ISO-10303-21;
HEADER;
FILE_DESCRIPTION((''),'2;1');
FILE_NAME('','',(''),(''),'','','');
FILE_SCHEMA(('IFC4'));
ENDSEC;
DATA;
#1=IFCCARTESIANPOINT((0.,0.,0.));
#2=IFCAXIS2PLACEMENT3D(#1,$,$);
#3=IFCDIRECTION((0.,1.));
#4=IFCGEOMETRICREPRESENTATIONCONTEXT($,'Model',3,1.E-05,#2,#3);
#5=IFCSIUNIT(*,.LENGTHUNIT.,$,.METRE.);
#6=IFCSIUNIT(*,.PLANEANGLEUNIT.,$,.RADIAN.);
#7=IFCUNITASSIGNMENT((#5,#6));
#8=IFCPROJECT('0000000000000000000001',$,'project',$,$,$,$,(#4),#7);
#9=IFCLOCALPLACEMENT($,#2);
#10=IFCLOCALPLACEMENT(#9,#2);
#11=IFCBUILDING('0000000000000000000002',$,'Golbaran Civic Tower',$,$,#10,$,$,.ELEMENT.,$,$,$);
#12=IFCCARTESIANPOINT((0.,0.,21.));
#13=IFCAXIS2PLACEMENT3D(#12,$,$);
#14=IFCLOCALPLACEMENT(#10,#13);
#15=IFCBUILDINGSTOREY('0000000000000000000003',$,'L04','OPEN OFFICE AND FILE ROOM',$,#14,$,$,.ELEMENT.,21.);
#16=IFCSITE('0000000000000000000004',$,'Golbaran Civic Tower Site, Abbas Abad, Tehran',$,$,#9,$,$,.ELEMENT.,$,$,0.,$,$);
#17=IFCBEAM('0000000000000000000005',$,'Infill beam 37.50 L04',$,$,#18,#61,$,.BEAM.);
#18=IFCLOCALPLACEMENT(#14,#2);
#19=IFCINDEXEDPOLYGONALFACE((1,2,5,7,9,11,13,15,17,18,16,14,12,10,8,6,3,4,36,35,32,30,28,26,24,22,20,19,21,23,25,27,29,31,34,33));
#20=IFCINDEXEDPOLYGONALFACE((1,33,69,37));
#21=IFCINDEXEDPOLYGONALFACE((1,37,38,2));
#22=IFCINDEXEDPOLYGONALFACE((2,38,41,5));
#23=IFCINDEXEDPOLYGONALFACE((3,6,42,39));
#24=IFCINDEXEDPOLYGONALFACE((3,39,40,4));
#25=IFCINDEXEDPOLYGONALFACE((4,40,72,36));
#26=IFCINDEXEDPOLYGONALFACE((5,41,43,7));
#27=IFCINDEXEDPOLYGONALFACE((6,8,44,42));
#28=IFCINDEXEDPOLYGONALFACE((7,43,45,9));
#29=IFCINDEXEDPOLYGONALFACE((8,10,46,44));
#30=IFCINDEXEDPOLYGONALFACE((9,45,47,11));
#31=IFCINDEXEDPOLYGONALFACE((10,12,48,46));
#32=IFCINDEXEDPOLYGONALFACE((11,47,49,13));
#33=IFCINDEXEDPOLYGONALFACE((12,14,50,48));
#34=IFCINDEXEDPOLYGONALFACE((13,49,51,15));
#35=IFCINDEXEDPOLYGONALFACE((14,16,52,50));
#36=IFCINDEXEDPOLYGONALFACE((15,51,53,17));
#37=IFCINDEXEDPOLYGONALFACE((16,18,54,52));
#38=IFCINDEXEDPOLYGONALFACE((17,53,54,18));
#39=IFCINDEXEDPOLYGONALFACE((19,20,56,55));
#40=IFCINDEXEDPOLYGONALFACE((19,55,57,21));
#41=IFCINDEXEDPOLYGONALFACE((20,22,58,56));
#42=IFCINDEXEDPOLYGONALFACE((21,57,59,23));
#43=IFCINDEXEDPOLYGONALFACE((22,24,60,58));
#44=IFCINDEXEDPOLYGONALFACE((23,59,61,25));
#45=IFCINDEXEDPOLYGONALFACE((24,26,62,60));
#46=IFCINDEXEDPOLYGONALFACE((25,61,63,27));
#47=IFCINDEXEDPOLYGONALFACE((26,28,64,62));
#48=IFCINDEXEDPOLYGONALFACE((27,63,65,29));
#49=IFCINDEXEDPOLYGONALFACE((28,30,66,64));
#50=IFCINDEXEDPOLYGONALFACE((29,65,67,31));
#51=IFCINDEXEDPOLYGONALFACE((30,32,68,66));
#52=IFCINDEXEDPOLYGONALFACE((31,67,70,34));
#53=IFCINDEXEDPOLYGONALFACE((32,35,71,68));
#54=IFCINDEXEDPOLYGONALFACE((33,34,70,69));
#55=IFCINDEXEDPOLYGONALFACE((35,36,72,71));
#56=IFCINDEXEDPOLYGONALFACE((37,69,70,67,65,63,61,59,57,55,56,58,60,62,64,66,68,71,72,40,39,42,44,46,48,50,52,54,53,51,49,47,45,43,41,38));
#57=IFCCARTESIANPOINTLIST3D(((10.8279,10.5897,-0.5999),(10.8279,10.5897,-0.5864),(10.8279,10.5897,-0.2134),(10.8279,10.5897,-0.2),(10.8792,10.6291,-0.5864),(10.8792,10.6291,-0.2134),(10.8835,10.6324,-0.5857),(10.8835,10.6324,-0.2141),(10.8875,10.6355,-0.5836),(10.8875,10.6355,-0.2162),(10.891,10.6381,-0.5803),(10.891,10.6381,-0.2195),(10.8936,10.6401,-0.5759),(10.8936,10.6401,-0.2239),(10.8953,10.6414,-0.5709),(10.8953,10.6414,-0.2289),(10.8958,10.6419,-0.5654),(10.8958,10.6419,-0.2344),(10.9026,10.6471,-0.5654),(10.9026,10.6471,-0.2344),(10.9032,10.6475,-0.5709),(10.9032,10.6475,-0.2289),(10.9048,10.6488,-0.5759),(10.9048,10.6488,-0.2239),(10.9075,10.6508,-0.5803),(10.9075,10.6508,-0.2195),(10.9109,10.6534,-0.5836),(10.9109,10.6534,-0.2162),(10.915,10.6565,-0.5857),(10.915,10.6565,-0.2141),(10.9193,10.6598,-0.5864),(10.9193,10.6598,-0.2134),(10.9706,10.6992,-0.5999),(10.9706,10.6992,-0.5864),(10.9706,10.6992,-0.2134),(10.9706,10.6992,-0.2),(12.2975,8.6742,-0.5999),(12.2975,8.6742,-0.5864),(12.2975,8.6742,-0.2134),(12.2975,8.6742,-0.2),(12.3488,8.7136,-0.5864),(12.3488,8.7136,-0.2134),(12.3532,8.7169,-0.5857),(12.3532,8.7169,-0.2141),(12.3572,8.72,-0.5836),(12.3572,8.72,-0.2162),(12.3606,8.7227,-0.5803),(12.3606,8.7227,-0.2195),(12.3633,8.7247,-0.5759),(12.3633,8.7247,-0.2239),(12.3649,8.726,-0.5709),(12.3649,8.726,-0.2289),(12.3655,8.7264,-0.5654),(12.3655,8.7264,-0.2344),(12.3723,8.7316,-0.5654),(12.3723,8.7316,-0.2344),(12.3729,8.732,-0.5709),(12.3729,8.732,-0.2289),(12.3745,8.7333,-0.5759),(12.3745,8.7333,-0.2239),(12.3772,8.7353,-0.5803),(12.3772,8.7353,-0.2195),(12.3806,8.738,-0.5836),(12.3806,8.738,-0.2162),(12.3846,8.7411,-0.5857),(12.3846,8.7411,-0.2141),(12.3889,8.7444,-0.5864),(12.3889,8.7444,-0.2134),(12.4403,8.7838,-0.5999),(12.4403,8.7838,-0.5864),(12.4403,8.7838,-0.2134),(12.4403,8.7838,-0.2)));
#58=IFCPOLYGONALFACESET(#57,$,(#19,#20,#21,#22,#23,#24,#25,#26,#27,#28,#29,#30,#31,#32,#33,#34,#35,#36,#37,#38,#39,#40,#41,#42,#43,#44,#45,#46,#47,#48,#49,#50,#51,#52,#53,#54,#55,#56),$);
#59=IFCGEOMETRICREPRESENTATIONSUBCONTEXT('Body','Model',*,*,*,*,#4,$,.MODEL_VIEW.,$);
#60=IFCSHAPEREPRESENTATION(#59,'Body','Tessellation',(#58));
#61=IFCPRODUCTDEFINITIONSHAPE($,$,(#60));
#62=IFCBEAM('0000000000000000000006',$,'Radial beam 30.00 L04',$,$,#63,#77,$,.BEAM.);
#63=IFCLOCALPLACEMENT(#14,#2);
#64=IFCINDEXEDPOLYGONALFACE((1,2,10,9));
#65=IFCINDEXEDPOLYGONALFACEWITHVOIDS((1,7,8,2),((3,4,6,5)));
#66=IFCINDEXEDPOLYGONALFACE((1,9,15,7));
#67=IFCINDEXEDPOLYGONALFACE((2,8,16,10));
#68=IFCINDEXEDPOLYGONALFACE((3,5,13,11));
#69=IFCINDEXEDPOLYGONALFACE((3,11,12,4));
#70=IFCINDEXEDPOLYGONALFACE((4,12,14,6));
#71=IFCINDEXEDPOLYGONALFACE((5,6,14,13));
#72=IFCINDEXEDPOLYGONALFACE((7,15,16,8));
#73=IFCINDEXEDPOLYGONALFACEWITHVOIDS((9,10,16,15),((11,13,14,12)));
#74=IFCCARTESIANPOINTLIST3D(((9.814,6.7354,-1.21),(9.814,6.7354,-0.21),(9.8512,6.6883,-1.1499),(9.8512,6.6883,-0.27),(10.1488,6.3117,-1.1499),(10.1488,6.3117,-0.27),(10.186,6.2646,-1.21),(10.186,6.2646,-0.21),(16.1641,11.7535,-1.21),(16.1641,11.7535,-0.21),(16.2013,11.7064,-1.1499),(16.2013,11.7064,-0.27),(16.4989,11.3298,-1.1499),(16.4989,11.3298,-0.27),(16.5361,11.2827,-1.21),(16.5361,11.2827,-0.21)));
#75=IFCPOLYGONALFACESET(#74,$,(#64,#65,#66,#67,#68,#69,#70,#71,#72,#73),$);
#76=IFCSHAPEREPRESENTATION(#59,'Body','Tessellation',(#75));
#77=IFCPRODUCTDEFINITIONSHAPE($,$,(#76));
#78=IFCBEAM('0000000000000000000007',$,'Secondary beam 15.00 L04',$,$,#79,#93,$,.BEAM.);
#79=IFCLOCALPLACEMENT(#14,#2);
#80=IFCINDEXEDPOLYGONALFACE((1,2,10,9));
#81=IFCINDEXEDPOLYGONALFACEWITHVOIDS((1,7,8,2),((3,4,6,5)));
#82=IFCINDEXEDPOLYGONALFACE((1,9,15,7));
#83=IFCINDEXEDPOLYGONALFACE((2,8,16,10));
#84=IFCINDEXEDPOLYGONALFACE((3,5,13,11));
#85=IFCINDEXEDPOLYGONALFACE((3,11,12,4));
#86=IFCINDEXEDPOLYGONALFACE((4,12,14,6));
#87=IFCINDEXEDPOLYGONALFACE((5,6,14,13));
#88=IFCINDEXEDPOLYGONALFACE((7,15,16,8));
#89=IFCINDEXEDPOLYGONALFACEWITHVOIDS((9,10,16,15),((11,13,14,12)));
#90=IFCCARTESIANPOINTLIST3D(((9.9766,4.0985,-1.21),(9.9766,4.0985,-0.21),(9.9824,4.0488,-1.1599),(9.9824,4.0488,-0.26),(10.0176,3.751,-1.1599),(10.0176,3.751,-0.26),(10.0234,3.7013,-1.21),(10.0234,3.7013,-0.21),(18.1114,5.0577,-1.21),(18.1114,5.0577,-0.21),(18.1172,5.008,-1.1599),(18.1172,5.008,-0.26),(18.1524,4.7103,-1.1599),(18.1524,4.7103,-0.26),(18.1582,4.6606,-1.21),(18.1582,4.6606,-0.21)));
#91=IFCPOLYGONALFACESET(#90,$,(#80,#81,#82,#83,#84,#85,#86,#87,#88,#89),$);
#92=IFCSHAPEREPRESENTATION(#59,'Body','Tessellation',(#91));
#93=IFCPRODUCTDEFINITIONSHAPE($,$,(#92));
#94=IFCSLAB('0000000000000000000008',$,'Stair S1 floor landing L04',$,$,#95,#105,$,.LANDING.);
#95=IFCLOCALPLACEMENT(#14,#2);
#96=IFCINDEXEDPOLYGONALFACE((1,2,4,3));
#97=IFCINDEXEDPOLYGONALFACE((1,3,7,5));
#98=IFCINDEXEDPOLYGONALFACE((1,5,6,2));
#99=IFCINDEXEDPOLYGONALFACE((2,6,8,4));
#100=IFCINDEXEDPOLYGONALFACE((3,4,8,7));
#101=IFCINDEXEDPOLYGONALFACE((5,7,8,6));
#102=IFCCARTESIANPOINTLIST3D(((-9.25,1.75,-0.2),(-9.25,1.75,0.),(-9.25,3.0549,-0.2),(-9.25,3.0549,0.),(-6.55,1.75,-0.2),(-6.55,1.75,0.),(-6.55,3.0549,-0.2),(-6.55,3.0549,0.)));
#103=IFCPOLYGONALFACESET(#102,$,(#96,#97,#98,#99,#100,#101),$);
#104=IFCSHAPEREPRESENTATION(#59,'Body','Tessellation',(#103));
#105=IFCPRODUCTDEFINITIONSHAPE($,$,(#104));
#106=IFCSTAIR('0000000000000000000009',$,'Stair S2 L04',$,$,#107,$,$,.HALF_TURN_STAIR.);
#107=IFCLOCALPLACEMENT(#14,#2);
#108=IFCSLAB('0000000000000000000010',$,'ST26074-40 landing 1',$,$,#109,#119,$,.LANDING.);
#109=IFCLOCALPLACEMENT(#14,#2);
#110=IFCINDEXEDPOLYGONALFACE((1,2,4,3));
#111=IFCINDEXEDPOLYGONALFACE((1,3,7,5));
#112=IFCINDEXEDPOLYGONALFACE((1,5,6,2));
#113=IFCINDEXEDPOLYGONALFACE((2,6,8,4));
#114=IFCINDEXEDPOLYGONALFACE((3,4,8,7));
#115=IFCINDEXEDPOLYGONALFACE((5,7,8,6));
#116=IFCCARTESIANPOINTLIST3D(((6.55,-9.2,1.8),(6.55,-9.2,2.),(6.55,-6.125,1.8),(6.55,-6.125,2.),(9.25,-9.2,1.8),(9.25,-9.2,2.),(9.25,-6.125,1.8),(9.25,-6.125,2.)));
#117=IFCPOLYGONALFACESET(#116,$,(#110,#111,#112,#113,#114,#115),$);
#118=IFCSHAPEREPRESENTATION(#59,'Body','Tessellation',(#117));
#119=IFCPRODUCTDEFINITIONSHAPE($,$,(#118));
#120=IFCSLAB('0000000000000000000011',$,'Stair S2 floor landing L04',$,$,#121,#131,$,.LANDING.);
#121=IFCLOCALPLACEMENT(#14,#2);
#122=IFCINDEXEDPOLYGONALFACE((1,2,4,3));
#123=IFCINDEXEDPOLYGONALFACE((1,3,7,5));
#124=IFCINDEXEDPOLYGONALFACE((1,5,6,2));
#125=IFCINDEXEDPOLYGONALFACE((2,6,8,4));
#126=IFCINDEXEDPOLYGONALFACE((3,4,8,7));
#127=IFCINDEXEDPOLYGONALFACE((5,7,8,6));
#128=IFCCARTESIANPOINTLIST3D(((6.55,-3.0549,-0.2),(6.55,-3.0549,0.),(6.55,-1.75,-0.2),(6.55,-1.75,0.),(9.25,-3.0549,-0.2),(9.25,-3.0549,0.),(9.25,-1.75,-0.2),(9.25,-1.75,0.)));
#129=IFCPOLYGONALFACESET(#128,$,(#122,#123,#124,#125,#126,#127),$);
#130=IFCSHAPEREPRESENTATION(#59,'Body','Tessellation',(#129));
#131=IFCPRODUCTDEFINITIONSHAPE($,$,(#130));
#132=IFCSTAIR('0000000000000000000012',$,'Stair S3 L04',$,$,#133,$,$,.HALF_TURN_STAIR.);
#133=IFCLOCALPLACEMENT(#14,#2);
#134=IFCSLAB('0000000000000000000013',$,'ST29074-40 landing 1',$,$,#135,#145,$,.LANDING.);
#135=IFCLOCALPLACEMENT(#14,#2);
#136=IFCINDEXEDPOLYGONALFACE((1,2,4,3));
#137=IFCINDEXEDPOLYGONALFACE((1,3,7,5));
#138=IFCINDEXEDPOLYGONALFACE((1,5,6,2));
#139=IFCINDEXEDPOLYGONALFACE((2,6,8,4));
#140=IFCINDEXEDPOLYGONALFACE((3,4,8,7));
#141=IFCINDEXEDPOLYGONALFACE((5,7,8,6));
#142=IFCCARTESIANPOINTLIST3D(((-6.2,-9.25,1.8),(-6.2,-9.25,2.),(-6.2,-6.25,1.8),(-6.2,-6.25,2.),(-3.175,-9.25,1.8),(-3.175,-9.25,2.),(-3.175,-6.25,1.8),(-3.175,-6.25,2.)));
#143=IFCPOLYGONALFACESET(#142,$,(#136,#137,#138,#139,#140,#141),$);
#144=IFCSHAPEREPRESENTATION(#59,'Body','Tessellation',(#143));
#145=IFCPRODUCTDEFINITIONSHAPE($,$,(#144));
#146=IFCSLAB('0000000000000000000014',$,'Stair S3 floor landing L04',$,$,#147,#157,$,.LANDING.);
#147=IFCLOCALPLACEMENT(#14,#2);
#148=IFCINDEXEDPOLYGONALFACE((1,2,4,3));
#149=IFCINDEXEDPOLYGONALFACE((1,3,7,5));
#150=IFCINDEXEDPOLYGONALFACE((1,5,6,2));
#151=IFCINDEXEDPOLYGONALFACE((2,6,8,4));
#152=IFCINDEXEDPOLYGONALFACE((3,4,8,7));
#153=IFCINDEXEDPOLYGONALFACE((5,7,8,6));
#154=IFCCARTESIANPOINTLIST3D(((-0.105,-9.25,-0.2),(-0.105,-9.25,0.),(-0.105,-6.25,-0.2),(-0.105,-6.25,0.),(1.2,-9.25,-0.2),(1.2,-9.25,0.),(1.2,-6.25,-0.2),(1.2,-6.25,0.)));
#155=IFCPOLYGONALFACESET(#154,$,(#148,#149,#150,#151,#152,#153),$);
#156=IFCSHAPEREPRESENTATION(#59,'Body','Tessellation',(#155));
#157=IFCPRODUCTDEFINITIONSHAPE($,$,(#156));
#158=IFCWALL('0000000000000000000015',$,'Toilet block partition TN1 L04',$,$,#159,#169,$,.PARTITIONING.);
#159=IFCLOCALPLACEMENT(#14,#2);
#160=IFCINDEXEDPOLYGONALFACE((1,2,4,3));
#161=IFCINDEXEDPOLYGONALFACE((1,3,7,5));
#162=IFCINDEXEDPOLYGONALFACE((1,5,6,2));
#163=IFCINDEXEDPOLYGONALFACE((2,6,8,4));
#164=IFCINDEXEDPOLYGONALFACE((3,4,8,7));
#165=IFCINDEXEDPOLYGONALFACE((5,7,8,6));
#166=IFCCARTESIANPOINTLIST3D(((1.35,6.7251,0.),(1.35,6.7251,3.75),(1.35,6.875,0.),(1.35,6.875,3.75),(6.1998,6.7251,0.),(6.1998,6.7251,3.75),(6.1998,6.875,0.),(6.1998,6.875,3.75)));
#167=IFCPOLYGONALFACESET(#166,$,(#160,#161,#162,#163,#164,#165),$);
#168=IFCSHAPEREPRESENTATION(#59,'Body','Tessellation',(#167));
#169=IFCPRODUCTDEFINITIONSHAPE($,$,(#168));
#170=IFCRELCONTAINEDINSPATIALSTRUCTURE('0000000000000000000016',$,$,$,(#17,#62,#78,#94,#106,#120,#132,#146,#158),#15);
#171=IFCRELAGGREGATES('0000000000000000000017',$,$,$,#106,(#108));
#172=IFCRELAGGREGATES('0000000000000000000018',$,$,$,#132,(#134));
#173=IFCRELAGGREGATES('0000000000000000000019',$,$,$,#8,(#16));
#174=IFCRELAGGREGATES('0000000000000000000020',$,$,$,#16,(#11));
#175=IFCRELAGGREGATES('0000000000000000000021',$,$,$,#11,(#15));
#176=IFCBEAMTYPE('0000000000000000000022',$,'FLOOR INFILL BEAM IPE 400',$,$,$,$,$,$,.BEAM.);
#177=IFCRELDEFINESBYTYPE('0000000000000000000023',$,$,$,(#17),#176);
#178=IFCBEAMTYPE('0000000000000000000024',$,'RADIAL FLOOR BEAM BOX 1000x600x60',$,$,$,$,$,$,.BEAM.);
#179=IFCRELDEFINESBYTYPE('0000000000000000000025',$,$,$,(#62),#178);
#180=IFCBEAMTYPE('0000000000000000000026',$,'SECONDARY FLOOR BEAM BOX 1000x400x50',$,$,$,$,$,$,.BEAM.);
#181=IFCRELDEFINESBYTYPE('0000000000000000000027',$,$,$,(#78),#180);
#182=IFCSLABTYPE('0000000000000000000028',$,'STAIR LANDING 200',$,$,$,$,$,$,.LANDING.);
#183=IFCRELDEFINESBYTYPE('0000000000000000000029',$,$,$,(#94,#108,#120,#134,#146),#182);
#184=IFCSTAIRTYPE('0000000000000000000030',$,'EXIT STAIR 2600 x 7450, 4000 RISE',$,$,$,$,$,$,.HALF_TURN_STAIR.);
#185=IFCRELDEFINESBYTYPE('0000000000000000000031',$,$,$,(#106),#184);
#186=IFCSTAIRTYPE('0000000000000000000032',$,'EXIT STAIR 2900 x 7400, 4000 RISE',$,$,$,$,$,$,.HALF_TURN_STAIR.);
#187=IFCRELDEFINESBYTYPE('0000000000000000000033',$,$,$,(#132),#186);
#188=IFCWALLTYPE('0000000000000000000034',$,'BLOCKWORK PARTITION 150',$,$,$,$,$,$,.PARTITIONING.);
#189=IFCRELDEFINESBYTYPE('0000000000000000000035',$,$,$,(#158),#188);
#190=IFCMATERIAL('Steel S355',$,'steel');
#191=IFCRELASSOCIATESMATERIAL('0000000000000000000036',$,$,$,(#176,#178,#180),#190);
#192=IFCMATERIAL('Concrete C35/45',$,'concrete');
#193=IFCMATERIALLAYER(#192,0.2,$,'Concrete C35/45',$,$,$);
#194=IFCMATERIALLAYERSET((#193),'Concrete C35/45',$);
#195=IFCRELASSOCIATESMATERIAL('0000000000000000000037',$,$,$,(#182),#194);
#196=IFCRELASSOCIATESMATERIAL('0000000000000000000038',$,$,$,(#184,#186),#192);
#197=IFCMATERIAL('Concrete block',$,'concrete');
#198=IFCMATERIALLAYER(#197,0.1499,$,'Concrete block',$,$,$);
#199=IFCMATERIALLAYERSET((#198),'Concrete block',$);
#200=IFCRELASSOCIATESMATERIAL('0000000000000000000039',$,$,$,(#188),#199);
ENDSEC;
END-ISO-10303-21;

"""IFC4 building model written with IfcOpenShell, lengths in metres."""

from ifc_helpers import new_model, si_unit, direction, frame, frame_2d, origin, origin_2d, place, context, subcontext, project, spatial, polyline, rectangle, hollow_rectangle, i_section, outline, extrude, material, layer, layer_set, material_profile, profile_set, type_object, element, aggregate, save


model = new_model("IFC4")

# Units and contexts
model_context = context("Model", 3, precision=1e-05, world=origin(), true_north=direction((0.0, 1.0)))
body_context = subcontext(model_context, "Body", "Model", "MODEL_VIEW")
ifc_project = project(units=[si_unit("LENGTHUNIT", "METRE"), si_unit("PLANEANGLEUNIT", "RADIAN")], contexts=[model_context])

# Site, building, storey
site_placement = place(None, origin())
site = spatial("IfcSite", under=ifc_project, at=site_placement, Name="Golbaran Civic Tower Site, Abbas Abad, Tehran", CompositionType="ELEMENT", RefElevation=0.0)
building_placement = place(site_placement, origin())
building = spatial("IfcBuilding", under=site, at=building_placement, Name="Golbaran Civic Tower", CompositionType="ELEMENT")
storey_placement = place(building_placement, frame((0.0, 0.0, 21.0)))
storey = spatial("IfcBuildingStorey", under=building, at=storey_placement, Name="L04", Description="OPEN OFFICE AND FILE ROOM", CompositionType="ELEMENT", Elevation=21.0)

# Beams
ifc_material_1 = material(Name="Steel S355", Category="steel")
ifc_material_profile_1 = material_profile(ifc_material_1, i_section(OverallWidth=0.1799, OverallDepth=0.3999, WebThickness=0.0085, FlangeThickness=0.0134, FilletRadius=0.021, at=origin_2d()), Name="IPE 400")
ifc_profile_set_1 = profile_set([ifc_material_profile_1], Name="Steel S355")
beam_type_1 = type_object("IfcBeamType", Name="FLOOR INFILL BEAM IPE 400", PredefinedType="BEAM", material=ifc_profile_set_1)
beam_1_placement = place(storey_placement, frame((12.3689, 8.729, -0.3999), z_axis=(-0.608733, 0.793375, 0.0), x_axis=(-0.793375, -0.608733, 0.0)))
element("IfcBeam", 1, at=beam_1_placement, inside=storey, type_object=beam_type_1, Name="Infill beam 37.50 L04", PredefinedType="BEAM", context=body_context, shape_type="SweptSolid", body=[
    extrude(i_section(OverallWidth=0.1799, OverallDepth=0.3999, WebThickness=0.0085, FlangeThickness=0.0134, FilletRadius=0.021, at=origin_2d()), origin(), (0.0, 0.0, 1.0), 2.4143),
])
ifc_material_profile_2 = material_profile(ifc_material_1, hollow_rectangle(XDim=0.6001, YDim=1.0, WallThickness=0.0601, at=origin_2d()), Name="BOX 1000x600x60")
ifc_profile_set_2 = profile_set([ifc_material_profile_2], Name="Steel S355")
beam_type_2 = type_object("IfcBeamType", Name="RADIAL FLOOR BEAM BOX 1000x600x60", PredefinedType="BEAM", material=ifc_profile_set_2)
beam_2_placement = place(storey_placement, frame((10.0, 6.5, -0.71), z_axis=(0.784592, 0.620012, 0.0), x_axis=(-0.620012, 0.784592, 0.0)))
element("IfcBeam", 2, at=beam_2_placement, inside=storey, type_object=beam_type_2, Name="Radial beam 30.00 L04", PredefinedType="BEAM", context=body_context, shape_type="SweptSolid", body=[
    extrude(hollow_rectangle(XDim=0.6001, YDim=1.0, WallThickness=0.0601, at=origin_2d()), origin(), (0.0, 0.0, 1.0), 8.0935),
])
ifc_material_profile_3 = material_profile(ifc_material_1, hollow_rectangle(XDim=0.3999, YDim=1.0, WallThickness=0.05, at=origin_2d()), Name="BOX 1000x400x50")
ifc_profile_set_3 = profile_set([ifc_material_profile_3], Name="Steel S355")
beam_type_3 = type_object("IfcBeamType", Name="SECONDARY FLOOR BEAM BOX 1000x400x50", PredefinedType="BEAM", material=ifc_profile_set_3)
beam_3_placement = place(storey_placement, frame((10.0, 3.8999, -0.71), z_axis=(0.993119, 0.117106, 0.0), x_axis=(-0.117106, 0.993119, 0.0)))
element("IfcBeam", 3, at=beam_3_placement, inside=storey, type_object=beam_type_3, Name="Secondary beam 15.00 L04", PredefinedType="BEAM", context=body_context, shape_type="SweptSolid", body=[
    extrude(hollow_rectangle(XDim=0.3999, YDim=1.0, WallThickness=0.05, at=origin_2d()), origin(), (0.0, 0.0, 1.0), 8.1912),
])

# Slab
ifc_material_2 = material(Name="Concrete C35/45", Category="concrete")
ifc_layer_1 = layer(ifc_material_2, 0.2, Name="Concrete C35/45")
ifc_layer_set_1 = layer_set([ifc_layer_1], Name="Concrete C35/45")
slab_type = type_object("IfcSlabType", Name="STAIR LANDING 200", PredefinedType="LANDING", material=ifc_layer_set_1)
slab_1_placement = place(storey_placement, frame((0.0, 0.0, -0.2)))
element("IfcSlab", 4, at=slab_1_placement, inside=storey, type_object=slab_type, Name="Stair S1 floor landing L04", PredefinedType="LANDING", context=body_context, shape_type="SweptSolid", body=[
    extrude(outline(polyline([(-9.25, 1.75), (-9.25, 3.0549), (-6.55, 3.0549), (-6.55, 1.75), (-9.25, 1.75)])), origin(), (0.0, 0.0, 1.0), 0.2),
])

# Stair, slab
stair_type_1 = type_object("IfcStairType", Name="EXIT STAIR 2600 x 7450, 4000 RISE", PredefinedType="HALF_TURN_STAIR", material=ifc_material_2)
stair_1_placement = place(storey_placement, origin())
stair_1 = element("IfcStair", 5, at=stair_1_placement, inside=storey, type_object=stair_type_1, Name="Stair S2 L04", PredefinedType="HALF_TURN_STAIR")
slab_2_placement = place(storey_placement, frame((0.0, 0.0, 1.8)))
slab_2 = element("IfcSlab", 6, at=slab_2_placement, type_object=slab_type, Name="ST26074-40 landing 1", PredefinedType="LANDING", context=body_context, shape_type="SweptSolid", body=[
    extrude(outline(polyline([(9.25, -6.125), (9.25, -9.2), (6.55, -9.2), (6.55, -6.125), (9.25, -6.125)])), origin(), (0.0, 0.0, 1.0), 0.2),
])
aggregate(stair_1, [slab_2])

# Slab
slab_3_placement = place(storey_placement, frame((0.0, 0.0, -0.2)))
element("IfcSlab", 7, at=slab_3_placement, inside=storey, type_object=slab_type, Name="Stair S2 floor landing L04", PredefinedType="LANDING", context=body_context, shape_type="SweptSolid", body=[
    extrude(outline(polyline([(9.25, -1.75), (9.25, -3.0549), (6.55, -3.0549), (6.55, -1.75), (9.25, -1.75)])), origin(), (0.0, 0.0, 1.0), 0.2),
])

# Stair, slab
stair_type_2 = type_object("IfcStairType", Name="EXIT STAIR 2900 x 7400, 4000 RISE", PredefinedType="HALF_TURN_STAIR", material=ifc_material_2)
stair_2_placement = place(storey_placement, origin())
stair_2 = element("IfcStair", 8, at=stair_2_placement, inside=storey, type_object=stair_type_2, Name="Stair S3 L04", PredefinedType="HALF_TURN_STAIR")
slab_4_placement = place(storey_placement, frame((0.0, 0.0, 1.8)))
slab_4 = element("IfcSlab", 9, at=slab_4_placement, type_object=slab_type, Name="ST29074-40 landing 1", PredefinedType="LANDING", context=body_context, shape_type="SweptSolid", body=[
    extrude(outline(polyline([(-3.175, -9.25), (-6.2, -9.25), (-6.2, -6.25), (-3.175, -6.25), (-3.175, -9.25)])), origin(), (0.0, 0.0, 1.0), 0.2),
])
aggregate(stair_2, [slab_4])

# Slab
slab_5_placement = place(storey_placement, frame((0.0, 0.0, -0.2)))
element("IfcSlab", 10, at=slab_5_placement, inside=storey, type_object=slab_type, Name="Stair S3 floor landing L04", PredefinedType="LANDING", context=body_context, shape_type="SweptSolid", body=[
    extrude(outline(polyline([(1.2, -9.25), (-0.105, -9.25), (-0.105, -6.25), (1.2, -6.25), (1.2, -9.25)])), origin(), (0.0, 0.0, 1.0), 0.2),
])

# Wall
ifc_material_3 = material(Name="Concrete block", Category="concrete")
ifc_layer_2 = layer(ifc_material_3, 0.1499, Name="Concrete block")
ifc_layer_set_2 = layer_set([ifc_layer_2], Name="Concrete block")
wall_type_1 = type_object("IfcWallType", Name="BLOCKWORK PARTITION 150", PredefinedType="PARTITIONING", material=ifc_layer_set_2)
wall_1_placement = place(storey_placement, frame((1.3501, 6.8, 0.0), z_axis=(0.0, 0.0, 1.0), x_axis=(1.0, 0.0, 0.0)))
element("IfcWall", 11, at=wall_1_placement, inside=storey, type_object=wall_type_1, Name="Toilet block partition TN1 L04", PredefinedType="PARTITIONING", context=body_context, shape_type="SweptSolid", body=[
    extrude(rectangle(XDim=4.8499, YDim=0.1499, at=frame_2d((2.4248, 0.0))), origin(), (0.0, 0.0, 1.0), 3.75),
])

save(model, "model.ifc")
